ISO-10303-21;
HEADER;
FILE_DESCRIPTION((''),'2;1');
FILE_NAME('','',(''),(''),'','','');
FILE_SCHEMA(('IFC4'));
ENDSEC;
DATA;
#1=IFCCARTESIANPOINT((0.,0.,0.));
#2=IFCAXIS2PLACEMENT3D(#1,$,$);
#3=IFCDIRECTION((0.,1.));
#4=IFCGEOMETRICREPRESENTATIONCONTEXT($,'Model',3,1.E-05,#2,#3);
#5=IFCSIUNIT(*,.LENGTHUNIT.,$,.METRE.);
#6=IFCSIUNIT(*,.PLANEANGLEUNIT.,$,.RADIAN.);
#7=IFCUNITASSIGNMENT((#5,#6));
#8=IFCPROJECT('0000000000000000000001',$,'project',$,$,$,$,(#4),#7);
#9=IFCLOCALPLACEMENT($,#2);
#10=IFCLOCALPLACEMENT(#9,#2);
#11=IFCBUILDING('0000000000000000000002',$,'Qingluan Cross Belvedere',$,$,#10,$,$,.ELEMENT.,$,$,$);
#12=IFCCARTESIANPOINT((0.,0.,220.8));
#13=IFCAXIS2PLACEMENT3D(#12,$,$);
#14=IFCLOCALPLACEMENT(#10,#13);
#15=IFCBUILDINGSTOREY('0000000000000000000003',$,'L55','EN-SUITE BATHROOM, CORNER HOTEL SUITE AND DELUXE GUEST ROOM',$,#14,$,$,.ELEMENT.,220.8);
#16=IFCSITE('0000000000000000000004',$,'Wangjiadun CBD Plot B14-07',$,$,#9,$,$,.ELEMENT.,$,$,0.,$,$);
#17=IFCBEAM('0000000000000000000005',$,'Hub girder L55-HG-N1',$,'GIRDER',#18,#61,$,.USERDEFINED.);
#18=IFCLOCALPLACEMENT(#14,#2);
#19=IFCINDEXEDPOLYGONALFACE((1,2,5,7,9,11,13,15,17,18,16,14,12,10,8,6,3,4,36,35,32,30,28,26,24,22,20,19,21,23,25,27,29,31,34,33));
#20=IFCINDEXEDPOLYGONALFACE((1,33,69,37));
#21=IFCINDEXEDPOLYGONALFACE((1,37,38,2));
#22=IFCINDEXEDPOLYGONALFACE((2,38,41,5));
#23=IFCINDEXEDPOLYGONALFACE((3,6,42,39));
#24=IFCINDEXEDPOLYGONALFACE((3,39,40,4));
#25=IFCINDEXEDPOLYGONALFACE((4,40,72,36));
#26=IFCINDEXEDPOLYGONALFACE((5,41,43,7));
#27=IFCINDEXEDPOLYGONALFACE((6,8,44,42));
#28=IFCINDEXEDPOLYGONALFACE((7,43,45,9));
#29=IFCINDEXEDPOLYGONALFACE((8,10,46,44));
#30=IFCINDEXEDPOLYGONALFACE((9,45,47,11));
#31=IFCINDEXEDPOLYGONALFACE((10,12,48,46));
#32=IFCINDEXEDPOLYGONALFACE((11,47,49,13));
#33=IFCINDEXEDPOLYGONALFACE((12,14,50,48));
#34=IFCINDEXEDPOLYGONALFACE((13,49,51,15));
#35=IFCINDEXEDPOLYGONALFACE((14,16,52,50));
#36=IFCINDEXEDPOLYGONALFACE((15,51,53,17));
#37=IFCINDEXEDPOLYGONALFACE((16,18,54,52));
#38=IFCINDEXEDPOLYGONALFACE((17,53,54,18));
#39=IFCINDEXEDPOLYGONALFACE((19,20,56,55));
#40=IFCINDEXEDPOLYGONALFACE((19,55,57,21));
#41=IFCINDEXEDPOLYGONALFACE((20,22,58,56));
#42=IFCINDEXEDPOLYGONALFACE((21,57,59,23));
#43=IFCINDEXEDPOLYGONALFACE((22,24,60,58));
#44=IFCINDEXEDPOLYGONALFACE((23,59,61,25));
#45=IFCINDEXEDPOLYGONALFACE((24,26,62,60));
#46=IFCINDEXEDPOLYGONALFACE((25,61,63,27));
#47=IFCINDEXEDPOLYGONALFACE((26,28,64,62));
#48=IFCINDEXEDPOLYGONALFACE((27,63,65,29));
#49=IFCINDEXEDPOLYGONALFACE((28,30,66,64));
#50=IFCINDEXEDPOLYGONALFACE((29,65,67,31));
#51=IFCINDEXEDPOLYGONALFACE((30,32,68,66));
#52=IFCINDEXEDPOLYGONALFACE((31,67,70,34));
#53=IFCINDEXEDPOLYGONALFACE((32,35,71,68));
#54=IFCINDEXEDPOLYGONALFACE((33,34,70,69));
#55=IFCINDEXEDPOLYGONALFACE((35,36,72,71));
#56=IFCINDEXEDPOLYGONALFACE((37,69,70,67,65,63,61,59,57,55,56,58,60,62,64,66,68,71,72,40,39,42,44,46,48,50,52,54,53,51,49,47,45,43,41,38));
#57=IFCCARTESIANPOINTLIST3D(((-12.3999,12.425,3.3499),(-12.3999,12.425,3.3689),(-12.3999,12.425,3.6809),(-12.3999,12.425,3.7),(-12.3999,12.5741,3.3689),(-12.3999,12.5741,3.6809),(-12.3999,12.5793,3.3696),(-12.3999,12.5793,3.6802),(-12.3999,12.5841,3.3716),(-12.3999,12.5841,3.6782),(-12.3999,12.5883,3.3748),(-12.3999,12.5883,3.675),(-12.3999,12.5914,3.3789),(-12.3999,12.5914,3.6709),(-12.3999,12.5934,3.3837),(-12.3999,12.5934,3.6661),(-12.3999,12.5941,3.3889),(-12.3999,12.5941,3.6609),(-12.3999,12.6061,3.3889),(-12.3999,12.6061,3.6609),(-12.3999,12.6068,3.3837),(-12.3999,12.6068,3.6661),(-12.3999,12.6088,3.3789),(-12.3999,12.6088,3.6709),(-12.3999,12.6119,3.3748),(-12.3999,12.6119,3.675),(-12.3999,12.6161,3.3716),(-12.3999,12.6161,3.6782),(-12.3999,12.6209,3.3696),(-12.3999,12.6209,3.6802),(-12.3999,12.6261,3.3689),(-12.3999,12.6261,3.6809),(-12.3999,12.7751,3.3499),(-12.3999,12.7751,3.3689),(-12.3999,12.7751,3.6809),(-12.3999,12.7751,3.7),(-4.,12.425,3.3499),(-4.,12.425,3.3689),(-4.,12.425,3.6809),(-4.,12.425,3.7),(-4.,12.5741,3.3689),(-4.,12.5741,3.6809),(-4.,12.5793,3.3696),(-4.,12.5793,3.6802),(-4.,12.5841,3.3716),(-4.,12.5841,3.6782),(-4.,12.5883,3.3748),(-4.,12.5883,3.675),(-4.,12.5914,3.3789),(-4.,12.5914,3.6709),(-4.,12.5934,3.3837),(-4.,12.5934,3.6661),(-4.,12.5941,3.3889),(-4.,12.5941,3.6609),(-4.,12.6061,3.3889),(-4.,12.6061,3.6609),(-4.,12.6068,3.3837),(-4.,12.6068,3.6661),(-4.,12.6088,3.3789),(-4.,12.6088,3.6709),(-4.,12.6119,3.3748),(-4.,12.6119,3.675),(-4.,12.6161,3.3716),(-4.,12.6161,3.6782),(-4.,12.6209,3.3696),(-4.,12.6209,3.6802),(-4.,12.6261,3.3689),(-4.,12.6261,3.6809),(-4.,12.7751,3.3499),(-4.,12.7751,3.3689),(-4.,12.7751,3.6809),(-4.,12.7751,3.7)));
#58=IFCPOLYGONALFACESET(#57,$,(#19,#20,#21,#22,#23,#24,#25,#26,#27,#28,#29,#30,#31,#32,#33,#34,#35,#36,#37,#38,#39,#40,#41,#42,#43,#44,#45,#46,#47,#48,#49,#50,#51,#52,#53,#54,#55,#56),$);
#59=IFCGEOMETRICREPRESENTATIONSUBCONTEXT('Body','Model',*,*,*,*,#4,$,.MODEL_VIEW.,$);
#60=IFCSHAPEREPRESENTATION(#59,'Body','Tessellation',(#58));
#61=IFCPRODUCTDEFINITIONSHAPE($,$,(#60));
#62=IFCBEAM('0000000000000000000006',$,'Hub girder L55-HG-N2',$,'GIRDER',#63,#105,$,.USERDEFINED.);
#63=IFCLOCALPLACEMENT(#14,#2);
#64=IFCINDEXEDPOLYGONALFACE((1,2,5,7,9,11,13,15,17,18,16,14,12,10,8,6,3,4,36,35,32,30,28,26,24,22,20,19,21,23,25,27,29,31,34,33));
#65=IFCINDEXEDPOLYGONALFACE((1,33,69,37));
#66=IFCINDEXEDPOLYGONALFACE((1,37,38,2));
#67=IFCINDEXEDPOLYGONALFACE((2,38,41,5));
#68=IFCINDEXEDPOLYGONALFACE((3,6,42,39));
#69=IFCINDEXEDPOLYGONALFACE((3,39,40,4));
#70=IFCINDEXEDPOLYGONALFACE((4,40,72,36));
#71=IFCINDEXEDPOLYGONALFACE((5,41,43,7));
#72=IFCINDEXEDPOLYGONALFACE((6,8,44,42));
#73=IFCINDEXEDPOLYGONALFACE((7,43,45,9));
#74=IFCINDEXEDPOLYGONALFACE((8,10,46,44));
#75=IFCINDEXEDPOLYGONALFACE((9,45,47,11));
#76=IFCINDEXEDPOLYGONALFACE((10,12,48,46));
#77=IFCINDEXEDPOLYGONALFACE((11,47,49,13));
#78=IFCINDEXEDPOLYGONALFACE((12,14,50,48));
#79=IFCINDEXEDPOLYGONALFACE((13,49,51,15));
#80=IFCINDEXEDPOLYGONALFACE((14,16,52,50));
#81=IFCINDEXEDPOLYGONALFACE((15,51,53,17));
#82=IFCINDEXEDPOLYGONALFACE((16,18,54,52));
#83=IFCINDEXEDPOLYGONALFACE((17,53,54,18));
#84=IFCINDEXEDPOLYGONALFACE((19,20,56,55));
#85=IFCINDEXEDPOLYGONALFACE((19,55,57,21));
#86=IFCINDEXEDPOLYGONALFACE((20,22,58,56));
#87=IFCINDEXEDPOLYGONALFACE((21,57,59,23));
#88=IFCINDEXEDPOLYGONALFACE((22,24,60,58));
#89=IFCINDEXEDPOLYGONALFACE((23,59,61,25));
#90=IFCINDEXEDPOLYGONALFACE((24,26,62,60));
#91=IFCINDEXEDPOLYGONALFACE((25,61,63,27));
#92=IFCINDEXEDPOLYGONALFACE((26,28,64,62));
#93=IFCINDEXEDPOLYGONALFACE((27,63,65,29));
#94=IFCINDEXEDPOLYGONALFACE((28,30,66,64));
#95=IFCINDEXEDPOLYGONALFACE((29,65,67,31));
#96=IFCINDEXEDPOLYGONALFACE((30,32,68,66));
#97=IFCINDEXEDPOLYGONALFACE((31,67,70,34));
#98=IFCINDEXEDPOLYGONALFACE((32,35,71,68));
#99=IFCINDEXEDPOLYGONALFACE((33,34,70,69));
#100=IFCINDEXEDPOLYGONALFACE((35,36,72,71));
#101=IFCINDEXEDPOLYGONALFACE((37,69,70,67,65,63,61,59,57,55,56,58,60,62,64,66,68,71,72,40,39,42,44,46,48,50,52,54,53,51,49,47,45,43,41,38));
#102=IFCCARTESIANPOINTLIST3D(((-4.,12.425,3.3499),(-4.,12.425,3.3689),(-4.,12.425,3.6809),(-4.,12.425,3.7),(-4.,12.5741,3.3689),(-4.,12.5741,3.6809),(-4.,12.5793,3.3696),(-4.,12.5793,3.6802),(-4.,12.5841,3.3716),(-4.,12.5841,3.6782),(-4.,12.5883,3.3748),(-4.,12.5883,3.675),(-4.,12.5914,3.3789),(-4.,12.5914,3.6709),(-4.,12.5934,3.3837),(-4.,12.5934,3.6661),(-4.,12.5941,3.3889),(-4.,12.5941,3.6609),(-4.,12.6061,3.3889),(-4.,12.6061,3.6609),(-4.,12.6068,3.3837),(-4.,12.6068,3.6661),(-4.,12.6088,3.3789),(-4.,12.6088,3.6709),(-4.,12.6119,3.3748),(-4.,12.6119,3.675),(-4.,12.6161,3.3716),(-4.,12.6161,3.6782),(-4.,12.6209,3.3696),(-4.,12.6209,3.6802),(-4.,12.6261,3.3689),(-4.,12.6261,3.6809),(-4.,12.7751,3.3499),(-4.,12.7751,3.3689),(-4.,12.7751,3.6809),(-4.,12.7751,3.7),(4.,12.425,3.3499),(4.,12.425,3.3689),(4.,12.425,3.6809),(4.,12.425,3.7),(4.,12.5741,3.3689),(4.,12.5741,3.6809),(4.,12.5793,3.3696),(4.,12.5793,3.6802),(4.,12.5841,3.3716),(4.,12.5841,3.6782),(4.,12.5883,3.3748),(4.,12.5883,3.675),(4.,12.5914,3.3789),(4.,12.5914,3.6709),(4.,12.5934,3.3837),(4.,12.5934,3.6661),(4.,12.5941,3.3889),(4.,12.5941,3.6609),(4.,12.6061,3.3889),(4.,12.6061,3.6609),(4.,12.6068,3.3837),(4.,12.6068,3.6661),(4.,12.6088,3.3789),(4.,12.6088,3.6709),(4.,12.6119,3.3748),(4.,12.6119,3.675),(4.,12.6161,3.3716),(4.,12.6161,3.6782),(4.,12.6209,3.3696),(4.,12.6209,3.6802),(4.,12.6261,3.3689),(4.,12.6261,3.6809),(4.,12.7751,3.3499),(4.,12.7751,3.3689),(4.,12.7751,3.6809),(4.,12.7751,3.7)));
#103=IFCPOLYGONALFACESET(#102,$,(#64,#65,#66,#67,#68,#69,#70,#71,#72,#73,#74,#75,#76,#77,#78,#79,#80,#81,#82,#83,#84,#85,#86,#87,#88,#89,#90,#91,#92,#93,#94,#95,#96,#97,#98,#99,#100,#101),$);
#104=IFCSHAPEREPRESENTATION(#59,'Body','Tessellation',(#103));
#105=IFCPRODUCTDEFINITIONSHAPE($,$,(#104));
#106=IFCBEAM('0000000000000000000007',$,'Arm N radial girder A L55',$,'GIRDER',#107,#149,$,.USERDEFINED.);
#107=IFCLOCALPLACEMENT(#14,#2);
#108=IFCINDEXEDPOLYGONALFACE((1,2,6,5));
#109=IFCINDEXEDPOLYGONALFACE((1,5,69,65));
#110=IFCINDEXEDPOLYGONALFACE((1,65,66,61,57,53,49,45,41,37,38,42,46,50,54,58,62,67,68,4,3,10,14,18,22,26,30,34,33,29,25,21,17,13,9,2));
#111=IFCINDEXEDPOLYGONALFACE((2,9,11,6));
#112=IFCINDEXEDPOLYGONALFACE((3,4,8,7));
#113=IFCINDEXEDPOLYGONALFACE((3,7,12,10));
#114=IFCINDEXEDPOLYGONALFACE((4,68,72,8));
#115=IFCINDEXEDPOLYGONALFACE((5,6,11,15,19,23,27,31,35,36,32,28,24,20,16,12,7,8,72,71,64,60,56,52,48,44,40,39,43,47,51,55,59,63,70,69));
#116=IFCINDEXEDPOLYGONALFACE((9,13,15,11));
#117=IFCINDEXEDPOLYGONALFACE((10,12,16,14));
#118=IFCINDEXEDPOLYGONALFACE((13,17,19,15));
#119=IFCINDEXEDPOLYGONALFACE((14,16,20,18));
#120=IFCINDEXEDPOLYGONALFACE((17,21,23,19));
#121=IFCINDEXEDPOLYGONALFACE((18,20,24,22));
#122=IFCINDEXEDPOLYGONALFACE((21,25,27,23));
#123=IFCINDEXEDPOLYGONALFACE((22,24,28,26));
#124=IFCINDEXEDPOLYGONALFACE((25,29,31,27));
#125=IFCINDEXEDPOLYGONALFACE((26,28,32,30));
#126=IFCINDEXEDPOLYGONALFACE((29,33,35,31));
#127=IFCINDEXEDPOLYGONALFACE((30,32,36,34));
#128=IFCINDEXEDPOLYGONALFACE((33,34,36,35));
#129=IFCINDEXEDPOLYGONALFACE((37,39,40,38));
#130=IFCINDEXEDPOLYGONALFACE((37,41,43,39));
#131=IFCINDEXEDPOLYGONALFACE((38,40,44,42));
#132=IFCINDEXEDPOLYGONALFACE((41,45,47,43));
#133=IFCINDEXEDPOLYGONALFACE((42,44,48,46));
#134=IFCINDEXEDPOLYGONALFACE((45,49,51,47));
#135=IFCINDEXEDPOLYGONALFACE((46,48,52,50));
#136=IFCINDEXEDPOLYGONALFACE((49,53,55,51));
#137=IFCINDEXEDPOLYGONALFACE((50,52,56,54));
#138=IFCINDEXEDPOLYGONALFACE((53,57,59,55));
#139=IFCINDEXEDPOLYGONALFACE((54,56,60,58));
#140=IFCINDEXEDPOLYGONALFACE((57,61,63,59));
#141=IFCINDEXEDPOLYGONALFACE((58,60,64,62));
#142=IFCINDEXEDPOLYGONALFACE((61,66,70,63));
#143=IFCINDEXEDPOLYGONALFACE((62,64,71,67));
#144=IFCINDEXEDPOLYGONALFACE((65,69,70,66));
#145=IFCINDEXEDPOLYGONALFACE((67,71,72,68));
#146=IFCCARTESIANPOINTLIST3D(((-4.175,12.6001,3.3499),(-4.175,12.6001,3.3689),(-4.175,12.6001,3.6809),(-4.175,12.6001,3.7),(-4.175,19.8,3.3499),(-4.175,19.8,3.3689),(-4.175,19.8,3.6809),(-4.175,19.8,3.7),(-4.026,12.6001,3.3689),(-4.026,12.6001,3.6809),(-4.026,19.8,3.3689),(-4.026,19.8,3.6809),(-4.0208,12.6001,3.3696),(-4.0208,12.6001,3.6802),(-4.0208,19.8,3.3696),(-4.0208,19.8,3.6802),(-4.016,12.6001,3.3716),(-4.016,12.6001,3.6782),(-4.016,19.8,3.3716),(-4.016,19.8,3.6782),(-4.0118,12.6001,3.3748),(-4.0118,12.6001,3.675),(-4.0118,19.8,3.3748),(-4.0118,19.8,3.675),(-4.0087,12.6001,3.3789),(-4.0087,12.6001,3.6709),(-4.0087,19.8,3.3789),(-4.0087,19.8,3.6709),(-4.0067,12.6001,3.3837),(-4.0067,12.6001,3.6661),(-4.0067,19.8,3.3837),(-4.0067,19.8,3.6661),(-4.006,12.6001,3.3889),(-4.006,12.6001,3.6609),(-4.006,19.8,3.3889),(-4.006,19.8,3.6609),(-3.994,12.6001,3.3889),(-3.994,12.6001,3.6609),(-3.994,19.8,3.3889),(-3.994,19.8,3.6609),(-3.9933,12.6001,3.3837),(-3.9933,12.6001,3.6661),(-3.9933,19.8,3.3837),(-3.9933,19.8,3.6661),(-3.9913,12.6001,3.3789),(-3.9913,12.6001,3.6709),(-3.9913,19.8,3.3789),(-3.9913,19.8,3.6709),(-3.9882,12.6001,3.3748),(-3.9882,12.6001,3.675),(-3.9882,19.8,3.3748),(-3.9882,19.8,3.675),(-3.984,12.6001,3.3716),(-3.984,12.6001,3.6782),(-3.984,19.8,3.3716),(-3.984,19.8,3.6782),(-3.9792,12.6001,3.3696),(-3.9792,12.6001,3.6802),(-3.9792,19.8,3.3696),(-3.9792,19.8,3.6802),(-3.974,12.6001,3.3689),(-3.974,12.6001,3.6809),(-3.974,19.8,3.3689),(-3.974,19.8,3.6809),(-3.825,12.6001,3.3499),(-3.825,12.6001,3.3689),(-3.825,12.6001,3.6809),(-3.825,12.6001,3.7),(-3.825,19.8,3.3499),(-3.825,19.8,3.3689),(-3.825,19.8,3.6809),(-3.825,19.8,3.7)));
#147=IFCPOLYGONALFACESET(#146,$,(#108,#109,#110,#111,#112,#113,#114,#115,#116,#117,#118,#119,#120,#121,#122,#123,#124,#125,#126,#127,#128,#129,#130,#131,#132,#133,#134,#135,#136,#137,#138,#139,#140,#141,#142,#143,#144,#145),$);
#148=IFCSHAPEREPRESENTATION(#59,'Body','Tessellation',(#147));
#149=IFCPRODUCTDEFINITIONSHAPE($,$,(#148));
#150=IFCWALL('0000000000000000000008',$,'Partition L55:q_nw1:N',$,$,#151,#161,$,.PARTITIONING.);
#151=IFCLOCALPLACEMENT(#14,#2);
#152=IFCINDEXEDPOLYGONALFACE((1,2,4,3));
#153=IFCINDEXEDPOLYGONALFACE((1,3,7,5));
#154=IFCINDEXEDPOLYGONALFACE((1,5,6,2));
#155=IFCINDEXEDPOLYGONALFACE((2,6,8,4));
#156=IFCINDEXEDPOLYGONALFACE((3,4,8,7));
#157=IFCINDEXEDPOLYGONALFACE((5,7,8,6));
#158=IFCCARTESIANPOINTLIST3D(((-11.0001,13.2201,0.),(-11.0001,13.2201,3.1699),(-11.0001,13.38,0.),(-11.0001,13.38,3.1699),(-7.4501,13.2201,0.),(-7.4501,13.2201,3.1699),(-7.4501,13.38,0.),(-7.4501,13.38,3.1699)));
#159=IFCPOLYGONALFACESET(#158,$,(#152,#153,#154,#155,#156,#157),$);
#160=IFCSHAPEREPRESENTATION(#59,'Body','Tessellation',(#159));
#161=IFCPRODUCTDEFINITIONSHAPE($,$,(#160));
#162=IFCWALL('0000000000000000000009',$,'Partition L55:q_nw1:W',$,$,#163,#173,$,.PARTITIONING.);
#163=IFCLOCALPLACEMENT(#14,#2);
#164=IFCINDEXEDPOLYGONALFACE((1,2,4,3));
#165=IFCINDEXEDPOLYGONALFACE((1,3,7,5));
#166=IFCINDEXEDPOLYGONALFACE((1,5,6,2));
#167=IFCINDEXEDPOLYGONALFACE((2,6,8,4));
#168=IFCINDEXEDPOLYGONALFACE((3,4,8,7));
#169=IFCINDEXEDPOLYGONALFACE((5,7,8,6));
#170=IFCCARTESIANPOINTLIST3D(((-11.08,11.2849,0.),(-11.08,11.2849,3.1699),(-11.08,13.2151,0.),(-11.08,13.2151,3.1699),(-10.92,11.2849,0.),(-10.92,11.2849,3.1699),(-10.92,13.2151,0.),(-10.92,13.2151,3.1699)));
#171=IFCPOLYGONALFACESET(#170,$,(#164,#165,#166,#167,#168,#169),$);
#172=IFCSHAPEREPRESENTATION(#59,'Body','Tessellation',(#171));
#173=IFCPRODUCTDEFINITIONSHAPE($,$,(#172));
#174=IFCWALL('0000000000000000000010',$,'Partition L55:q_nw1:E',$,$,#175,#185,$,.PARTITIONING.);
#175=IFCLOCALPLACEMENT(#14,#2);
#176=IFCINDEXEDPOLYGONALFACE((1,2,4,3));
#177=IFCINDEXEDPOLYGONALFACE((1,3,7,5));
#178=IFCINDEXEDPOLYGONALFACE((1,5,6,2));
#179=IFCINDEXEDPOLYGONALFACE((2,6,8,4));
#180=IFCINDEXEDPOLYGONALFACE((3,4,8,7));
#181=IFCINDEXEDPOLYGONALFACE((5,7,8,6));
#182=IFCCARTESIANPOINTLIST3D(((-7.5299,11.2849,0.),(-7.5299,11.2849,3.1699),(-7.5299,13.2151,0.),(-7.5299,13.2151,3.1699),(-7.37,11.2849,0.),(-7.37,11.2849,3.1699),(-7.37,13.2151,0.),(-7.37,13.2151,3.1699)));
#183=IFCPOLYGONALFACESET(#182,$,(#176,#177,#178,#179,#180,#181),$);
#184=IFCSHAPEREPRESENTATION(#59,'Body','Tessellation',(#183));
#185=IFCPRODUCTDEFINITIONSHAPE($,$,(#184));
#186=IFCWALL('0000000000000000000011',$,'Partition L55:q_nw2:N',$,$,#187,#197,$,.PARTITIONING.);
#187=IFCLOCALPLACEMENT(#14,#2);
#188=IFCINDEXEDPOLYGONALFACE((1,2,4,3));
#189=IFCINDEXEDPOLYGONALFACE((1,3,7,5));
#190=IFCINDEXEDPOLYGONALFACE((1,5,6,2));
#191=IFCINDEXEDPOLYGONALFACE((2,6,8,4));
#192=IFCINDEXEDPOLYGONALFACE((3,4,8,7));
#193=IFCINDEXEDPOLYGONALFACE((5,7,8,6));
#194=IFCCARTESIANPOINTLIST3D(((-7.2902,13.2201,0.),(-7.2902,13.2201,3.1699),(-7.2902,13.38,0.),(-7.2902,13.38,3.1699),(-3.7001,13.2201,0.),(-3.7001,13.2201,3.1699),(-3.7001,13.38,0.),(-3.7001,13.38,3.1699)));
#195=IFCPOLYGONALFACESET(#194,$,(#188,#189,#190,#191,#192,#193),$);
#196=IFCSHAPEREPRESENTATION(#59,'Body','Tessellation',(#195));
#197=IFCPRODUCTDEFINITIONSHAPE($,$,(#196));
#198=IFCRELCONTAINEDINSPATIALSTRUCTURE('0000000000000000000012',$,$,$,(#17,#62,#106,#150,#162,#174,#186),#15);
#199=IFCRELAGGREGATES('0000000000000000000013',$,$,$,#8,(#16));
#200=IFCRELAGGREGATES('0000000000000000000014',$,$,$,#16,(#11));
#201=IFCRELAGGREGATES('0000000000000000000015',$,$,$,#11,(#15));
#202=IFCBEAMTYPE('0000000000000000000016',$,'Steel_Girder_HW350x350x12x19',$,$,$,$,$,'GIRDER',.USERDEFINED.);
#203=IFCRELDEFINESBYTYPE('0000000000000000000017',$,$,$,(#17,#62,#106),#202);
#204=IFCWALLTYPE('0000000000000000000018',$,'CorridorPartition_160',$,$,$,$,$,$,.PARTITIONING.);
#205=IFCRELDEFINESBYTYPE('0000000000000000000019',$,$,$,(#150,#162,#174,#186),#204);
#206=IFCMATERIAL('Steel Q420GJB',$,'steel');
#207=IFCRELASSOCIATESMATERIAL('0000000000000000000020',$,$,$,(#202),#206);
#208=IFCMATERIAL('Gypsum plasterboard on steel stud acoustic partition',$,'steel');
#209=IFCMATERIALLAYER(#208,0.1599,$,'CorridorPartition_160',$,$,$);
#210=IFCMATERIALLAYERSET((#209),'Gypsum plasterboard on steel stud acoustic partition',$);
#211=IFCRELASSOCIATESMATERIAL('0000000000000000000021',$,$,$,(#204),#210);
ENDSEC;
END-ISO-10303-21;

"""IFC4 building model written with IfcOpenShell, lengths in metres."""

from ifc_helpers import new_model, si_unit, direction, frame, frame_2d, origin, origin_2d, place, context, subcontext, project, spatial, rectangle, i_section, extrude, material, layer, layer_set, material_profile, profile_set, type_object, element, save


model = new_model("IFC4")

# Units and contexts
model_context = context("Model", 3, precision=1e-05, world=origin(), true_north=direction((0.0, 1.0)))
body_context = subcontext(model_context, "Body", "Model", "MODEL_VIEW")
ifc_project = project(units=[si_unit("LENGTHUNIT", "METRE"), si_unit("PLANEANGLEUNIT", "RADIAN")], contexts=[model_context])

# Site, building, storey
site_placement = place(None, origin())
site = spatial("IfcSite", under=ifc_project, at=site_placement, Name="Wangjiadun CBD Plot B14-07", CompositionType="ELEMENT", RefElevation=0.0)
building_placement = place(site_placement, origin())
building = spatial("IfcBuilding", under=site, at=building_placement, Name="Qingluan Cross Belvedere", CompositionType="ELEMENT")
storey_placement = place(building_placement, frame((0.0, 0.0, 220.8)))
storey = spatial("IfcBuildingStorey", under=building, at=storey_placement, Name="L55", Description="EN-SUITE BATHROOM, CORNER HOTEL SUITE AND DELUXE GUEST ROOM", CompositionType="ELEMENT", Elevation=220.8)

# Beams
ifc_material_1 = material(Name="Steel Q420GJB", Category="steel")
ifc_material_profile_1 = material_profile(ifc_material_1, i_section(OverallWidth=0.3501, OverallDepth=0.3501, WebThickness=0.012, FlangeThickness=0.019, FilletRadius=0.02, at=origin_2d()), Name="HW350x350x12x19")
ifc_profile_set_1 = profile_set([ifc_material_profile_1], Name="Steel Q420GJB")
beam_type_1 = type_object("IfcBeamType", Name="Steel_Girder_HW350x350x12x19", ElementType="GIRDER", PredefinedType="USERDEFINED", material=ifc_profile_set_1)
beam_1_placement = place(storey_placement, frame((-12.3999, 12.6001, 3.5249), z_axis=(1.0, 0.0, 0.0), x_axis=(0.0, 1.0, 0.0)))
element("IfcBeam", 1, at=beam_1_placement, inside=storey, type_object=beam_type_1, Name="Hub girder L55-HG-N1", ObjectType="GIRDER", PredefinedType="USERDEFINED", context=body_context, shape_type="SweptSolid", body=[
    extrude(i_section(OverallWidth=0.3501, OverallDepth=0.3501, WebThickness=0.012, FlangeThickness=0.019, FilletRadius=0.02, at=origin_2d()), origin(), (0.0, 0.0, 1.0), 8.3999),
])
beam_2_placement = place(storey_placement, frame((-4.0, 12.6001, 3.5249), z_axis=(1.0, 0.0, 0.0), x_axis=(0.0, 1.0, 0.0)))
element("IfcBeam", 2, at=beam_2_placement, inside=storey, type_object=beam_type_1, Name="Hub girder L55-HG-N2", ObjectType="GIRDER", PredefinedType="USERDEFINED", context=body_context, shape_type="SweptSolid", body=[
    extrude(i_section(OverallWidth=0.3501, OverallDepth=0.3501, WebThickness=0.012, FlangeThickness=0.019, FilletRadius=0.02, at=origin_2d()), origin(), (0.0, 0.0, 1.0), 8.0),
])
beam_3_placement = place(storey_placement, frame((-4.0, 12.6001, 3.5249), z_axis=(0.0, 1.0, 0.0), x_axis=(-1.0, 0.0, 0.0)))
element("IfcBeam", 3, at=beam_3_placement, inside=storey, type_object=beam_type_1, Name="Arm N radial girder A L55", ObjectType="GIRDER", PredefinedType="USERDEFINED", context=body_context, shape_type="SweptSolid", body=[
    extrude(i_section(OverallWidth=0.3501, OverallDepth=0.3501, WebThickness=0.012, FlangeThickness=0.019, FilletRadius=0.02, at=origin_2d()), origin(), (0.0, 0.0, 1.0), 7.2),
])

# Shared definitions
ifc_material_2 = material(Name="Gypsum plasterboard on steel stud acoustic partition", Category="steel")
ifc_layer_1 = layer(ifc_material_2, 0.1599, Name="CorridorPartition_160")
ifc_layer_set_1 = layer_set([ifc_layer_1], Name="Gypsum plasterboard on steel stud acoustic partition")
wall_type_1 = type_object("IfcWallType", Name="CorridorPartition_160", PredefinedType="PARTITIONING", material=ifc_layer_set_1)

# Walls
wall_1_placement = place(storey_placement, frame((-11.0, 13.3, 0.0), z_axis=(0.0, 0.0, 1.0), x_axis=(1.0, 0.0, 0.0)))
element("IfcWall", 4, at=wall_1_placement, inside=storey, type_object=wall_type_1, Name="Partition L55:q_nw1:N", PredefinedType="PARTITIONING", context=body_context, shape_type="SweptSolid", body=[
    extrude(rectangle(XDim=3.55, YDim=0.1599, at=frame_2d((1.7749, 0.0))), origin(), (0.0, 0.0, 1.0), 3.1699),
])
for number, where, z_axis, x_axis, name in (
    (5, (-11.0, 11.2849, 0.0), (0.0, 0.0, 1.0), (0.0, 1.0, 0.0), "Partition L55:q_nw1:W"),
    (6, (-7.45, 11.2849, 0.0), (0.0, 0.0, 1.0), (0.0, 1.0, 0.0), "Partition L55:q_nw1:E"),
):
    element("IfcWall", number, at=place(storey_placement, frame(where, z_axis=z_axis, x_axis=x_axis)), inside=storey, type_object=wall_type_1, Name=name, PredefinedType="PARTITIONING", context=body_context, shape_type="SweptSolid", body=[
        extrude(rectangle(XDim=1.9302, YDim=0.1599, at=frame_2d((0.9651, 0.0))), origin(), (0.0, 0.0, 1.0), 3.1699),
    ])

# Wall
wall_2_placement = place(storey_placement, frame((-7.29, 13.3, 0.0), z_axis=(0.0, 0.0, 1.0), x_axis=(1.0, 0.0, 0.0)))
element("IfcWall", 7, at=wall_2_placement, inside=storey, type_object=wall_type_1, Name="Partition L55:q_nw2:N", PredefinedType="PARTITIONING", context=body_context, shape_type="SweptSolid", body=[
    extrude(rectangle(XDim=3.5901, YDim=0.1599, at=frame_2d((1.7949, 0.0))), origin(), (0.0, 0.0, 1.0), 3.1699),
])

save(model, "model.ifc")
